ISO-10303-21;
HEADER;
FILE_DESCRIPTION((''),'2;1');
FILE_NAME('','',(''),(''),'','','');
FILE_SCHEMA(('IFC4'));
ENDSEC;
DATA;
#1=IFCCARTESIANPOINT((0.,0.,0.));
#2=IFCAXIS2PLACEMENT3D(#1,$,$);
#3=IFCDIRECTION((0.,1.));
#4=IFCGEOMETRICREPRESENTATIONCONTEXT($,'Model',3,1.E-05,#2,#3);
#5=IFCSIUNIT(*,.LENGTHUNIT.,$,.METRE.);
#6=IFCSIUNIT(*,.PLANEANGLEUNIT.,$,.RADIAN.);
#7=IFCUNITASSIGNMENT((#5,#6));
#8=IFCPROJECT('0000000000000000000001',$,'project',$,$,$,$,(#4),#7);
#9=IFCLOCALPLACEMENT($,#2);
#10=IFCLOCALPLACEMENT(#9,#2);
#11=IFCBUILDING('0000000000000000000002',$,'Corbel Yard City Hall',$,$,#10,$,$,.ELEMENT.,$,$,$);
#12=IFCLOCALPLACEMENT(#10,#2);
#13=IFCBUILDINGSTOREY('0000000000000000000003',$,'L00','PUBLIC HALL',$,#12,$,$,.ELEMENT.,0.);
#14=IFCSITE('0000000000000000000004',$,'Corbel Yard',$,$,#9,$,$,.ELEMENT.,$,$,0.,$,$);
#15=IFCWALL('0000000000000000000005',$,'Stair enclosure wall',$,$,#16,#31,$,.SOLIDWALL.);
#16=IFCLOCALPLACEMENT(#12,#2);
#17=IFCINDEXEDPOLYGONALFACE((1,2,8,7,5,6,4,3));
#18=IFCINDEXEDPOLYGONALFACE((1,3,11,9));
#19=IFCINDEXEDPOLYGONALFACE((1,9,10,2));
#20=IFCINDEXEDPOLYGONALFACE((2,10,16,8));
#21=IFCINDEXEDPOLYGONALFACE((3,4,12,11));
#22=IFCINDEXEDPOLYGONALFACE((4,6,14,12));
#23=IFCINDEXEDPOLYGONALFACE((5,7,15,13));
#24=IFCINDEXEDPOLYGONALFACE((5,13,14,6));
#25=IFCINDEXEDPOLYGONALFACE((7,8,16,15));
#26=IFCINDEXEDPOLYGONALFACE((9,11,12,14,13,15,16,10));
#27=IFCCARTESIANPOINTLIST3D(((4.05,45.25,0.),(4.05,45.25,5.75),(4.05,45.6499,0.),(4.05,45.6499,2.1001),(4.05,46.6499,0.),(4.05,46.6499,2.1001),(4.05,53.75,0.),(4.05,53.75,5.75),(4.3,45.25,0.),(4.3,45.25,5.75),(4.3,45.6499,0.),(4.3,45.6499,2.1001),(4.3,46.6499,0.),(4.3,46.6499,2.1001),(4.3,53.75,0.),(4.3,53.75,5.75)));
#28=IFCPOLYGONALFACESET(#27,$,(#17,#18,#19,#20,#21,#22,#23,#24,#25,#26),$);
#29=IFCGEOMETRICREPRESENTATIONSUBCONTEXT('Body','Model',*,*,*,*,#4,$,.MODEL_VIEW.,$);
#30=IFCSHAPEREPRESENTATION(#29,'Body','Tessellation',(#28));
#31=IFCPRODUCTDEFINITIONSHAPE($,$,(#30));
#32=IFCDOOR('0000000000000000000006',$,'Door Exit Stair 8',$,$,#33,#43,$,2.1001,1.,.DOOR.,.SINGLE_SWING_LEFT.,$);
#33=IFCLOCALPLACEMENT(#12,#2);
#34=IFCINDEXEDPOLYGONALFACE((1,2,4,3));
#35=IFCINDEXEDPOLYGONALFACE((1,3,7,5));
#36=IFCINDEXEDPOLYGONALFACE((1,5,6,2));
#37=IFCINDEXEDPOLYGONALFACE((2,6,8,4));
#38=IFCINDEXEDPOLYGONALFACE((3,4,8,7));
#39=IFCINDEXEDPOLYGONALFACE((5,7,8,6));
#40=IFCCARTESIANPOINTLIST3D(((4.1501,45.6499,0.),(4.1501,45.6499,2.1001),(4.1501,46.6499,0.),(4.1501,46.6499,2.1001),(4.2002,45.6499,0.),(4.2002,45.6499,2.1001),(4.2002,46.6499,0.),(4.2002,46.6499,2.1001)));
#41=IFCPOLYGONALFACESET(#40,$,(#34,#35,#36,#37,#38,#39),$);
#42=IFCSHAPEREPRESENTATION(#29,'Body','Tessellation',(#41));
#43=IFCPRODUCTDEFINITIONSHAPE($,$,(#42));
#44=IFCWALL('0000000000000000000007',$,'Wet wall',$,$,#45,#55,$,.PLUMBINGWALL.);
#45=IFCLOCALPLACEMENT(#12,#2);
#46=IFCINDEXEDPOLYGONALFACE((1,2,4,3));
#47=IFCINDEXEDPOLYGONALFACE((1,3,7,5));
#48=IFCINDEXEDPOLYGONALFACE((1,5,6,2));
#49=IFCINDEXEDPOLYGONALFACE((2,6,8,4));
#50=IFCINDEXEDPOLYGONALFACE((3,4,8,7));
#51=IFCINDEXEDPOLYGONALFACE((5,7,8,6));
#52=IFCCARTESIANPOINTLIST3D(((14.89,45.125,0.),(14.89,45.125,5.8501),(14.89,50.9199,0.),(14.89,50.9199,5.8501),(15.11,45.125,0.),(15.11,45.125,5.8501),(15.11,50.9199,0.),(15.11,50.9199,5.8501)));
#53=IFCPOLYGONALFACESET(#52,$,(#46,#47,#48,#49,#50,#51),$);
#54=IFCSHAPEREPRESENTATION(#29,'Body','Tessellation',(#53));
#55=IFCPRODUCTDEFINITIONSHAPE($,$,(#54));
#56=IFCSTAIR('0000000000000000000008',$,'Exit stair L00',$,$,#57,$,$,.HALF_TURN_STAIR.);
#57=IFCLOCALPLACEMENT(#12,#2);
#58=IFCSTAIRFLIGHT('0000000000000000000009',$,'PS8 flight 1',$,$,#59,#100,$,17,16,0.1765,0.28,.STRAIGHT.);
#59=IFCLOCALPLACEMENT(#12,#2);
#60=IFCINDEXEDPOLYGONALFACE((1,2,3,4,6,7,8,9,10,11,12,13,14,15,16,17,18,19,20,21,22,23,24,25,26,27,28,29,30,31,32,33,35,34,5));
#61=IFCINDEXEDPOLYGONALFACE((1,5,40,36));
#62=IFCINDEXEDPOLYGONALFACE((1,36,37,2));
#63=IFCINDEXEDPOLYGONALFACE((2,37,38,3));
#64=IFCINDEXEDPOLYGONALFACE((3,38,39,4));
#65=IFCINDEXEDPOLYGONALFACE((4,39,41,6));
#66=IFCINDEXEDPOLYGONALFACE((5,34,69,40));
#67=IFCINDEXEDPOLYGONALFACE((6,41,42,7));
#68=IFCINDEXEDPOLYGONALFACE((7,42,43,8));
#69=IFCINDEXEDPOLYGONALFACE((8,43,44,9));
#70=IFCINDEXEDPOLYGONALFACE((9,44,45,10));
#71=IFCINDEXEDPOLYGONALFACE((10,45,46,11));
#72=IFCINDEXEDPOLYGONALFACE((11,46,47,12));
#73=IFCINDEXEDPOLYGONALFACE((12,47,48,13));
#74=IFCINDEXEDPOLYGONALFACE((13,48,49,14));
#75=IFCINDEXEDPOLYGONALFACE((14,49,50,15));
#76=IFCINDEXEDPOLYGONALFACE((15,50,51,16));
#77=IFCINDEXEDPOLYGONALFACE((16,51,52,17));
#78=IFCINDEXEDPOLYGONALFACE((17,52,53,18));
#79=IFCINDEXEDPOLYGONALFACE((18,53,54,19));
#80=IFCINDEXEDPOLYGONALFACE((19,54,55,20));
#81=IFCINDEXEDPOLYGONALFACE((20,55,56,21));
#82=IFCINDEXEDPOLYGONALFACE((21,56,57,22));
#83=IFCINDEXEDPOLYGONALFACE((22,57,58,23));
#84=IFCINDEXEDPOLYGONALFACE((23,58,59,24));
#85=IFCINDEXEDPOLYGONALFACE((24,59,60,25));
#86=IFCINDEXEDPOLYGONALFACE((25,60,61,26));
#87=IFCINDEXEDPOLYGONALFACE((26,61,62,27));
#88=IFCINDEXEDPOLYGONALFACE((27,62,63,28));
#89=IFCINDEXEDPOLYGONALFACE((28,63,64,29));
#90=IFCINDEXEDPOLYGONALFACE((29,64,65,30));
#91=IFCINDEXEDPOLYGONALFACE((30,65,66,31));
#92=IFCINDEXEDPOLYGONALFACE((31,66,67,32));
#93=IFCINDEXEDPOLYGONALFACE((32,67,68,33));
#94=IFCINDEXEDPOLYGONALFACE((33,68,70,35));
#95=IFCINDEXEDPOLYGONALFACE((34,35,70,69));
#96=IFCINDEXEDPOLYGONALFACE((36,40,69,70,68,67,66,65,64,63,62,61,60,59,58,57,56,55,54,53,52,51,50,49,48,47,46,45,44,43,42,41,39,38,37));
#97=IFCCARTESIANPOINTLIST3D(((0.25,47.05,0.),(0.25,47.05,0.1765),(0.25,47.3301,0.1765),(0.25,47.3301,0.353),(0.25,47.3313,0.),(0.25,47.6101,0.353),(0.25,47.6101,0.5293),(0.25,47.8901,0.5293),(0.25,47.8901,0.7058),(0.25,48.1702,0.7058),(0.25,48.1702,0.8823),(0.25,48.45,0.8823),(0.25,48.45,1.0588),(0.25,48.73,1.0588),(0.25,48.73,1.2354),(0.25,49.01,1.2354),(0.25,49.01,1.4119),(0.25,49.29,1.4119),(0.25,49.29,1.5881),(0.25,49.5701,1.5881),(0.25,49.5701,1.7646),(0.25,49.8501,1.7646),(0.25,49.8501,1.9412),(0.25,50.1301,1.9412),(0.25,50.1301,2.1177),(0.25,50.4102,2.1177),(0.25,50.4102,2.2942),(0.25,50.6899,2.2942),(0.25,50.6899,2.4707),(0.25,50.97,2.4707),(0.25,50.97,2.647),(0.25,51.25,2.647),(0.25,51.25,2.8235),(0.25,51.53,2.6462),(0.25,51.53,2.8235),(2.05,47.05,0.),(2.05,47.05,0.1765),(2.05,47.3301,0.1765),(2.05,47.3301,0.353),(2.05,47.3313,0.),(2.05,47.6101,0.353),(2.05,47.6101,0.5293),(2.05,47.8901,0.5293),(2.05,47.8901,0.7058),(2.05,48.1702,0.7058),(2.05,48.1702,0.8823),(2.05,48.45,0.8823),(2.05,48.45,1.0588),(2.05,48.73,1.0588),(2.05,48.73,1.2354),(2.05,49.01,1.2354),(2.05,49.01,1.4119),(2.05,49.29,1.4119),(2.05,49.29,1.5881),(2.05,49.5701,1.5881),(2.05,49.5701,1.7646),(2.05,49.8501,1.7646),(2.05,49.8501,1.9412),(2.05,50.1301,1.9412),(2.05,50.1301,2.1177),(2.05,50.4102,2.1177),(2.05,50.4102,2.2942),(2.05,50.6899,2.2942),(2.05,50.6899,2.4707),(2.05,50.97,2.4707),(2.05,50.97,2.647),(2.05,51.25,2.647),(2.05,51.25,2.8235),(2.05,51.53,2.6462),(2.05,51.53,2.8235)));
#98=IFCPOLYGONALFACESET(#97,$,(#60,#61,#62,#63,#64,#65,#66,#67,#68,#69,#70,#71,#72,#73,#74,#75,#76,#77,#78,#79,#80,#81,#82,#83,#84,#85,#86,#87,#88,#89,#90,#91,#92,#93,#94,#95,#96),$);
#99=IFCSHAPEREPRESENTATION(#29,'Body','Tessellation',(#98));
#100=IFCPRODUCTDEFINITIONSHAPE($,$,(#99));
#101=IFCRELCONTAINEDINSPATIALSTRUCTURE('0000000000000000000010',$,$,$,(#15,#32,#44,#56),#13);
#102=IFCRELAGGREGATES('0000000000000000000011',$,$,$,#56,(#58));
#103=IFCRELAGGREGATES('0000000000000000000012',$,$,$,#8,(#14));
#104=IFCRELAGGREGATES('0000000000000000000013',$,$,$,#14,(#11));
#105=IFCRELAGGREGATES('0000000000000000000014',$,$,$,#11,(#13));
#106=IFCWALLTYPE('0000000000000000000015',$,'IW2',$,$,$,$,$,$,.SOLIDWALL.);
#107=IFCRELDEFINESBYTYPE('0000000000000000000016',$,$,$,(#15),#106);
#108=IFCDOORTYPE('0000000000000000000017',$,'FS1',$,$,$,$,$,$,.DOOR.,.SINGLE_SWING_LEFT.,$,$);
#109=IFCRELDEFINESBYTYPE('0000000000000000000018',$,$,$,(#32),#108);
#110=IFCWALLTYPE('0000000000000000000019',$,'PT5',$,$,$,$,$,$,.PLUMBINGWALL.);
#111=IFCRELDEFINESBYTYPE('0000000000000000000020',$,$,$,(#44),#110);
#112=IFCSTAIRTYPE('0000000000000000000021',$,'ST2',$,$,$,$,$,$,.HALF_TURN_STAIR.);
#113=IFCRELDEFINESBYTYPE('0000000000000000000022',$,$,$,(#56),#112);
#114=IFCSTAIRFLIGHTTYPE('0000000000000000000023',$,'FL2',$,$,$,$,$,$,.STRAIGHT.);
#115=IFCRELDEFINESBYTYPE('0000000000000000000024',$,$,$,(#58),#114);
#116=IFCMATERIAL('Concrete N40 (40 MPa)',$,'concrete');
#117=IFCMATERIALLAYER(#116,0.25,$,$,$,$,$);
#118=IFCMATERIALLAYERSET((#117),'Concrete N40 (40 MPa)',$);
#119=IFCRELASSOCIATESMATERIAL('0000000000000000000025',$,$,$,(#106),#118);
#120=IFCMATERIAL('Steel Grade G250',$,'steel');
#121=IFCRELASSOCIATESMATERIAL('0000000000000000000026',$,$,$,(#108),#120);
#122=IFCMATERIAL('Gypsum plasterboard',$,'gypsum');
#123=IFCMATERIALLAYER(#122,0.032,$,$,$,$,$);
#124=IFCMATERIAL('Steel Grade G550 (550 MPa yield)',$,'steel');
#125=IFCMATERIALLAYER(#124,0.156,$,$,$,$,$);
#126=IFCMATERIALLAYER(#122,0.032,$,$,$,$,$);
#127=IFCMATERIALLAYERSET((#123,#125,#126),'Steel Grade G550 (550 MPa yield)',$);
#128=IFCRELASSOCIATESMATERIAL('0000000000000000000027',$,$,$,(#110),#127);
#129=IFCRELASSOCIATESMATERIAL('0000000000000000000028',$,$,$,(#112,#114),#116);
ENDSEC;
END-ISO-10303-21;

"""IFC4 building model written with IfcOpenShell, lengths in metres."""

from ifc_helpers import new_model, si_unit, direction, frame, frame_2d, origin, place, context, subcontext, project, spatial, polyline, rectangle, outline, extrude, material, layer, layer_set, type_object, element, fill, aggregate, save


model = new_model("IFC4")

# Units and contexts
model_context = context("Model", 3, precision=1e-05, world=origin(), true_north=direction((0.0, 1.0)))
body_context = subcontext(model_context, "Body", "Model", "MODEL_VIEW")
ifc_project = project(units=[si_unit("LENGTHUNIT", "METRE"), si_unit("PLANEANGLEUNIT", "RADIAN")], contexts=[model_context])

# Site, building, storey
site_placement = place(None, origin())
site = spatial("IfcSite", under=ifc_project, at=site_placement, Name="Corbel Yard", CompositionType="ELEMENT", RefElevation=0.0)
building_placement = place(site_placement, origin())
building = spatial("IfcBuilding", under=site, at=building_placement, Name="Corbel Yard City Hall", CompositionType="ELEMENT")
storey_placement = place(building_placement, origin())
storey = spatial("IfcBuildingStorey", under=building, at=storey_placement, Name="L00", Description="PUBLIC HALL", CompositionType="ELEMENT", Elevation=0.0)

# Shared definitions
ifc_material_1 = material(Name="Concrete N40 (40 MPa)", Category="concrete")

# Wall, opening, door
ifc_layer_1 = layer(ifc_material_1, 0.25)
ifc_layer_set_1 = layer_set([ifc_layer_1], Name="Concrete N40 (40 MPa)")
wall_type_1 = type_object("IfcWallType", Name="IW2", PredefinedType="SOLIDWALL", material=ifc_layer_set_1)
wall_1_placement = place(storey_placement, frame((4.175, 45.25, 0.0), z_axis=(0.0, 0.0, 1.0), x_axis=(0.0, 1.0, 0.0)))
wall_1 = element("IfcWall", 1, at=wall_1_placement, inside=storey, type_object=wall_type_1, Name="Stair enclosure wall", PredefinedType="SOLIDWALL", context=body_context, shape_type="SweptSolid", body=[
    extrude(rectangle(XDim=8.5, YDim=0.25, at=frame_2d((4.25, 0.0))), origin(), (0.0, 0.0, 1.0), 5.75),
])
opening_1_placement = place(wall_1_placement, frame((0.3999, 0.0, 0.0)))
opening_1 = element("IfcOpeningElement", 2, at=opening_1_placement, cuts=wall_1, PredefinedType="OPENING", context=body_context, shape_type="SweptSolid", body=[
    extrude(rectangle(XDim=1.0, YDim=2.1001, at=frame_2d((0.5, 1.05))), frame((0.0, 0.135, 0.0), z_axis=(0.0, -1.0, 0.0), x_axis=(1.0, 0.0, 0.0)), (0.0, 0.0, 1.0), 0.27),
])
ifc_material_2 = material(Name="Steel Grade G250", Category="steel")
door_type_1 = type_object("IfcDoorType", Name="FS1", OperationType="SINGLE_SWING_LEFT", PredefinedType="DOOR", material=ifc_material_2)
door_1_placement = place(opening_1_placement, origin())
door_1 = element("IfcDoor", 3, at=door_1_placement, inside=storey, type_object=door_type_1, Name="Door Exit Stair 8", OperationType="SINGLE_SWING_LEFT", OverallHeight=2.1001, OverallWidth=1.0, PredefinedType="DOOR", context=body_context, shape_type="SweptSolid", body=[
    extrude(rectangle(XDim=1.0, YDim=2.1001, at=frame_2d((0.5, 1.05))), frame((0.0, 0.0249, 0.0), z_axis=(0.0, -1.0, 0.0), x_axis=(1.0, 0.0, 0.0)), (0.0, 0.0, 1.0), 0.05),
])
fill(opening_1, door_1)

# Wall
ifc_material_3 = material(Name="Gypsum plasterboard", Category="gypsum")
ifc_layer_2 = layer(ifc_material_3, 0.032)
ifc_material_4 = material(Name="Steel Grade G550 (550 MPa yield)", Category="steel")
ifc_layer_3 = layer(ifc_material_4, 0.156)
ifc_layer_4 = layer(ifc_material_3, 0.032)
ifc_layer_set_2 = layer_set([ifc_layer_2, ifc_layer_3, ifc_layer_4], Name="Steel Grade G550 (550 MPa yield)")
wall_type_2 = type_object("IfcWallType", Name="PT5", PredefinedType="PLUMBINGWALL", material=ifc_layer_set_2)
wall_2_placement = place(storey_placement, frame((15.0, 45.125, 0.0), z_axis=(0.0, 0.0, 1.0), x_axis=(0.0, 1.0, 0.0)))
element("IfcWall", 4, at=wall_2_placement, inside=storey, type_object=wall_type_2, Name="Wet wall", PredefinedType="PLUMBINGWALL", context=body_context, shape_type="SweptSolid", body=[
    extrude(rectangle(XDim=5.7949, YDim=0.22, at=frame_2d((2.8975, 0.0))), origin(), (0.0, 0.0, 1.0), 5.8501),
])

# Stair, stair flight
stair_type = type_object("IfcStairType", Name="ST2", PredefinedType="HALF_TURN_STAIR", material=ifc_material_1)
stair_placement = place(storey_placement, origin())
stair = element("IfcStair", 5, at=stair_placement, inside=storey, type_object=stair_type, Name="Exit stair L00", PredefinedType="HALF_TURN_STAIR")
stair_flight_type = type_object("IfcStairFlightType", Name="FL2", PredefinedType="STRAIGHT", material=ifc_material_1)
stair_flight_placement = place(storey_placement, frame((1.1499, 47.05, 0.0), z_axis=(0.0, 0.0, 1.0), x_axis=(0.0, 1.0, 0.0)))
stair_flight = element("IfcStairFlight", 6, at=stair_flight_placement, type_object=stair_flight_type, Name="PS8 flight 1", NumberOfRisers=17, NumberOfTreads=16, PredefinedType="STRAIGHT", RiserHeight=0.1765, TreadLength=0.28, context=body_context, shape_type="SweptSolid", body=[
    extrude(outline(polyline([(0.0, 0.0), (0.0, 0.1765), (0.28, 0.1765), (0.28, 0.353), (0.5601, 0.353), (0.5601, 0.5293), (0.8401, 0.5293), (0.8401, 0.7058), (1.1201, 0.7058), (1.1201, 0.8823), (1.3999, 0.8823), (1.3999, 1.0588), (1.6799, 1.0588), (1.6799, 1.2354), (1.96, 1.2354), (1.96, 1.4119), (2.24, 1.4119), (2.24, 1.5881), (2.52, 1.5881), (2.52, 1.7646), (2.8, 1.7646), (2.8, 1.9412), (3.0801, 1.9412), (3.0801, 2.1177), (3.3601, 2.1177), (3.3601, 2.2942), (3.6399, 2.2942), (3.6399, 2.4707), (3.9199, 2.4707), (3.9199, 2.647), (4.2, 2.647), (4.2, 2.8235), (4.48, 2.8235), (4.48, 3.0), (4.48, 2.6462), (0.2812, 0.0), (0.0, 0.0)])), frame((0.0, 0.8999, 0.0), z_axis=(0.0, -1.0, 0.0), x_axis=(1.0, 0.0, 0.0)), (0.0, 0.0, 1.0), 1.8),
])
aggregate(stair, [stair_flight])

save(model, "model.ifc")
